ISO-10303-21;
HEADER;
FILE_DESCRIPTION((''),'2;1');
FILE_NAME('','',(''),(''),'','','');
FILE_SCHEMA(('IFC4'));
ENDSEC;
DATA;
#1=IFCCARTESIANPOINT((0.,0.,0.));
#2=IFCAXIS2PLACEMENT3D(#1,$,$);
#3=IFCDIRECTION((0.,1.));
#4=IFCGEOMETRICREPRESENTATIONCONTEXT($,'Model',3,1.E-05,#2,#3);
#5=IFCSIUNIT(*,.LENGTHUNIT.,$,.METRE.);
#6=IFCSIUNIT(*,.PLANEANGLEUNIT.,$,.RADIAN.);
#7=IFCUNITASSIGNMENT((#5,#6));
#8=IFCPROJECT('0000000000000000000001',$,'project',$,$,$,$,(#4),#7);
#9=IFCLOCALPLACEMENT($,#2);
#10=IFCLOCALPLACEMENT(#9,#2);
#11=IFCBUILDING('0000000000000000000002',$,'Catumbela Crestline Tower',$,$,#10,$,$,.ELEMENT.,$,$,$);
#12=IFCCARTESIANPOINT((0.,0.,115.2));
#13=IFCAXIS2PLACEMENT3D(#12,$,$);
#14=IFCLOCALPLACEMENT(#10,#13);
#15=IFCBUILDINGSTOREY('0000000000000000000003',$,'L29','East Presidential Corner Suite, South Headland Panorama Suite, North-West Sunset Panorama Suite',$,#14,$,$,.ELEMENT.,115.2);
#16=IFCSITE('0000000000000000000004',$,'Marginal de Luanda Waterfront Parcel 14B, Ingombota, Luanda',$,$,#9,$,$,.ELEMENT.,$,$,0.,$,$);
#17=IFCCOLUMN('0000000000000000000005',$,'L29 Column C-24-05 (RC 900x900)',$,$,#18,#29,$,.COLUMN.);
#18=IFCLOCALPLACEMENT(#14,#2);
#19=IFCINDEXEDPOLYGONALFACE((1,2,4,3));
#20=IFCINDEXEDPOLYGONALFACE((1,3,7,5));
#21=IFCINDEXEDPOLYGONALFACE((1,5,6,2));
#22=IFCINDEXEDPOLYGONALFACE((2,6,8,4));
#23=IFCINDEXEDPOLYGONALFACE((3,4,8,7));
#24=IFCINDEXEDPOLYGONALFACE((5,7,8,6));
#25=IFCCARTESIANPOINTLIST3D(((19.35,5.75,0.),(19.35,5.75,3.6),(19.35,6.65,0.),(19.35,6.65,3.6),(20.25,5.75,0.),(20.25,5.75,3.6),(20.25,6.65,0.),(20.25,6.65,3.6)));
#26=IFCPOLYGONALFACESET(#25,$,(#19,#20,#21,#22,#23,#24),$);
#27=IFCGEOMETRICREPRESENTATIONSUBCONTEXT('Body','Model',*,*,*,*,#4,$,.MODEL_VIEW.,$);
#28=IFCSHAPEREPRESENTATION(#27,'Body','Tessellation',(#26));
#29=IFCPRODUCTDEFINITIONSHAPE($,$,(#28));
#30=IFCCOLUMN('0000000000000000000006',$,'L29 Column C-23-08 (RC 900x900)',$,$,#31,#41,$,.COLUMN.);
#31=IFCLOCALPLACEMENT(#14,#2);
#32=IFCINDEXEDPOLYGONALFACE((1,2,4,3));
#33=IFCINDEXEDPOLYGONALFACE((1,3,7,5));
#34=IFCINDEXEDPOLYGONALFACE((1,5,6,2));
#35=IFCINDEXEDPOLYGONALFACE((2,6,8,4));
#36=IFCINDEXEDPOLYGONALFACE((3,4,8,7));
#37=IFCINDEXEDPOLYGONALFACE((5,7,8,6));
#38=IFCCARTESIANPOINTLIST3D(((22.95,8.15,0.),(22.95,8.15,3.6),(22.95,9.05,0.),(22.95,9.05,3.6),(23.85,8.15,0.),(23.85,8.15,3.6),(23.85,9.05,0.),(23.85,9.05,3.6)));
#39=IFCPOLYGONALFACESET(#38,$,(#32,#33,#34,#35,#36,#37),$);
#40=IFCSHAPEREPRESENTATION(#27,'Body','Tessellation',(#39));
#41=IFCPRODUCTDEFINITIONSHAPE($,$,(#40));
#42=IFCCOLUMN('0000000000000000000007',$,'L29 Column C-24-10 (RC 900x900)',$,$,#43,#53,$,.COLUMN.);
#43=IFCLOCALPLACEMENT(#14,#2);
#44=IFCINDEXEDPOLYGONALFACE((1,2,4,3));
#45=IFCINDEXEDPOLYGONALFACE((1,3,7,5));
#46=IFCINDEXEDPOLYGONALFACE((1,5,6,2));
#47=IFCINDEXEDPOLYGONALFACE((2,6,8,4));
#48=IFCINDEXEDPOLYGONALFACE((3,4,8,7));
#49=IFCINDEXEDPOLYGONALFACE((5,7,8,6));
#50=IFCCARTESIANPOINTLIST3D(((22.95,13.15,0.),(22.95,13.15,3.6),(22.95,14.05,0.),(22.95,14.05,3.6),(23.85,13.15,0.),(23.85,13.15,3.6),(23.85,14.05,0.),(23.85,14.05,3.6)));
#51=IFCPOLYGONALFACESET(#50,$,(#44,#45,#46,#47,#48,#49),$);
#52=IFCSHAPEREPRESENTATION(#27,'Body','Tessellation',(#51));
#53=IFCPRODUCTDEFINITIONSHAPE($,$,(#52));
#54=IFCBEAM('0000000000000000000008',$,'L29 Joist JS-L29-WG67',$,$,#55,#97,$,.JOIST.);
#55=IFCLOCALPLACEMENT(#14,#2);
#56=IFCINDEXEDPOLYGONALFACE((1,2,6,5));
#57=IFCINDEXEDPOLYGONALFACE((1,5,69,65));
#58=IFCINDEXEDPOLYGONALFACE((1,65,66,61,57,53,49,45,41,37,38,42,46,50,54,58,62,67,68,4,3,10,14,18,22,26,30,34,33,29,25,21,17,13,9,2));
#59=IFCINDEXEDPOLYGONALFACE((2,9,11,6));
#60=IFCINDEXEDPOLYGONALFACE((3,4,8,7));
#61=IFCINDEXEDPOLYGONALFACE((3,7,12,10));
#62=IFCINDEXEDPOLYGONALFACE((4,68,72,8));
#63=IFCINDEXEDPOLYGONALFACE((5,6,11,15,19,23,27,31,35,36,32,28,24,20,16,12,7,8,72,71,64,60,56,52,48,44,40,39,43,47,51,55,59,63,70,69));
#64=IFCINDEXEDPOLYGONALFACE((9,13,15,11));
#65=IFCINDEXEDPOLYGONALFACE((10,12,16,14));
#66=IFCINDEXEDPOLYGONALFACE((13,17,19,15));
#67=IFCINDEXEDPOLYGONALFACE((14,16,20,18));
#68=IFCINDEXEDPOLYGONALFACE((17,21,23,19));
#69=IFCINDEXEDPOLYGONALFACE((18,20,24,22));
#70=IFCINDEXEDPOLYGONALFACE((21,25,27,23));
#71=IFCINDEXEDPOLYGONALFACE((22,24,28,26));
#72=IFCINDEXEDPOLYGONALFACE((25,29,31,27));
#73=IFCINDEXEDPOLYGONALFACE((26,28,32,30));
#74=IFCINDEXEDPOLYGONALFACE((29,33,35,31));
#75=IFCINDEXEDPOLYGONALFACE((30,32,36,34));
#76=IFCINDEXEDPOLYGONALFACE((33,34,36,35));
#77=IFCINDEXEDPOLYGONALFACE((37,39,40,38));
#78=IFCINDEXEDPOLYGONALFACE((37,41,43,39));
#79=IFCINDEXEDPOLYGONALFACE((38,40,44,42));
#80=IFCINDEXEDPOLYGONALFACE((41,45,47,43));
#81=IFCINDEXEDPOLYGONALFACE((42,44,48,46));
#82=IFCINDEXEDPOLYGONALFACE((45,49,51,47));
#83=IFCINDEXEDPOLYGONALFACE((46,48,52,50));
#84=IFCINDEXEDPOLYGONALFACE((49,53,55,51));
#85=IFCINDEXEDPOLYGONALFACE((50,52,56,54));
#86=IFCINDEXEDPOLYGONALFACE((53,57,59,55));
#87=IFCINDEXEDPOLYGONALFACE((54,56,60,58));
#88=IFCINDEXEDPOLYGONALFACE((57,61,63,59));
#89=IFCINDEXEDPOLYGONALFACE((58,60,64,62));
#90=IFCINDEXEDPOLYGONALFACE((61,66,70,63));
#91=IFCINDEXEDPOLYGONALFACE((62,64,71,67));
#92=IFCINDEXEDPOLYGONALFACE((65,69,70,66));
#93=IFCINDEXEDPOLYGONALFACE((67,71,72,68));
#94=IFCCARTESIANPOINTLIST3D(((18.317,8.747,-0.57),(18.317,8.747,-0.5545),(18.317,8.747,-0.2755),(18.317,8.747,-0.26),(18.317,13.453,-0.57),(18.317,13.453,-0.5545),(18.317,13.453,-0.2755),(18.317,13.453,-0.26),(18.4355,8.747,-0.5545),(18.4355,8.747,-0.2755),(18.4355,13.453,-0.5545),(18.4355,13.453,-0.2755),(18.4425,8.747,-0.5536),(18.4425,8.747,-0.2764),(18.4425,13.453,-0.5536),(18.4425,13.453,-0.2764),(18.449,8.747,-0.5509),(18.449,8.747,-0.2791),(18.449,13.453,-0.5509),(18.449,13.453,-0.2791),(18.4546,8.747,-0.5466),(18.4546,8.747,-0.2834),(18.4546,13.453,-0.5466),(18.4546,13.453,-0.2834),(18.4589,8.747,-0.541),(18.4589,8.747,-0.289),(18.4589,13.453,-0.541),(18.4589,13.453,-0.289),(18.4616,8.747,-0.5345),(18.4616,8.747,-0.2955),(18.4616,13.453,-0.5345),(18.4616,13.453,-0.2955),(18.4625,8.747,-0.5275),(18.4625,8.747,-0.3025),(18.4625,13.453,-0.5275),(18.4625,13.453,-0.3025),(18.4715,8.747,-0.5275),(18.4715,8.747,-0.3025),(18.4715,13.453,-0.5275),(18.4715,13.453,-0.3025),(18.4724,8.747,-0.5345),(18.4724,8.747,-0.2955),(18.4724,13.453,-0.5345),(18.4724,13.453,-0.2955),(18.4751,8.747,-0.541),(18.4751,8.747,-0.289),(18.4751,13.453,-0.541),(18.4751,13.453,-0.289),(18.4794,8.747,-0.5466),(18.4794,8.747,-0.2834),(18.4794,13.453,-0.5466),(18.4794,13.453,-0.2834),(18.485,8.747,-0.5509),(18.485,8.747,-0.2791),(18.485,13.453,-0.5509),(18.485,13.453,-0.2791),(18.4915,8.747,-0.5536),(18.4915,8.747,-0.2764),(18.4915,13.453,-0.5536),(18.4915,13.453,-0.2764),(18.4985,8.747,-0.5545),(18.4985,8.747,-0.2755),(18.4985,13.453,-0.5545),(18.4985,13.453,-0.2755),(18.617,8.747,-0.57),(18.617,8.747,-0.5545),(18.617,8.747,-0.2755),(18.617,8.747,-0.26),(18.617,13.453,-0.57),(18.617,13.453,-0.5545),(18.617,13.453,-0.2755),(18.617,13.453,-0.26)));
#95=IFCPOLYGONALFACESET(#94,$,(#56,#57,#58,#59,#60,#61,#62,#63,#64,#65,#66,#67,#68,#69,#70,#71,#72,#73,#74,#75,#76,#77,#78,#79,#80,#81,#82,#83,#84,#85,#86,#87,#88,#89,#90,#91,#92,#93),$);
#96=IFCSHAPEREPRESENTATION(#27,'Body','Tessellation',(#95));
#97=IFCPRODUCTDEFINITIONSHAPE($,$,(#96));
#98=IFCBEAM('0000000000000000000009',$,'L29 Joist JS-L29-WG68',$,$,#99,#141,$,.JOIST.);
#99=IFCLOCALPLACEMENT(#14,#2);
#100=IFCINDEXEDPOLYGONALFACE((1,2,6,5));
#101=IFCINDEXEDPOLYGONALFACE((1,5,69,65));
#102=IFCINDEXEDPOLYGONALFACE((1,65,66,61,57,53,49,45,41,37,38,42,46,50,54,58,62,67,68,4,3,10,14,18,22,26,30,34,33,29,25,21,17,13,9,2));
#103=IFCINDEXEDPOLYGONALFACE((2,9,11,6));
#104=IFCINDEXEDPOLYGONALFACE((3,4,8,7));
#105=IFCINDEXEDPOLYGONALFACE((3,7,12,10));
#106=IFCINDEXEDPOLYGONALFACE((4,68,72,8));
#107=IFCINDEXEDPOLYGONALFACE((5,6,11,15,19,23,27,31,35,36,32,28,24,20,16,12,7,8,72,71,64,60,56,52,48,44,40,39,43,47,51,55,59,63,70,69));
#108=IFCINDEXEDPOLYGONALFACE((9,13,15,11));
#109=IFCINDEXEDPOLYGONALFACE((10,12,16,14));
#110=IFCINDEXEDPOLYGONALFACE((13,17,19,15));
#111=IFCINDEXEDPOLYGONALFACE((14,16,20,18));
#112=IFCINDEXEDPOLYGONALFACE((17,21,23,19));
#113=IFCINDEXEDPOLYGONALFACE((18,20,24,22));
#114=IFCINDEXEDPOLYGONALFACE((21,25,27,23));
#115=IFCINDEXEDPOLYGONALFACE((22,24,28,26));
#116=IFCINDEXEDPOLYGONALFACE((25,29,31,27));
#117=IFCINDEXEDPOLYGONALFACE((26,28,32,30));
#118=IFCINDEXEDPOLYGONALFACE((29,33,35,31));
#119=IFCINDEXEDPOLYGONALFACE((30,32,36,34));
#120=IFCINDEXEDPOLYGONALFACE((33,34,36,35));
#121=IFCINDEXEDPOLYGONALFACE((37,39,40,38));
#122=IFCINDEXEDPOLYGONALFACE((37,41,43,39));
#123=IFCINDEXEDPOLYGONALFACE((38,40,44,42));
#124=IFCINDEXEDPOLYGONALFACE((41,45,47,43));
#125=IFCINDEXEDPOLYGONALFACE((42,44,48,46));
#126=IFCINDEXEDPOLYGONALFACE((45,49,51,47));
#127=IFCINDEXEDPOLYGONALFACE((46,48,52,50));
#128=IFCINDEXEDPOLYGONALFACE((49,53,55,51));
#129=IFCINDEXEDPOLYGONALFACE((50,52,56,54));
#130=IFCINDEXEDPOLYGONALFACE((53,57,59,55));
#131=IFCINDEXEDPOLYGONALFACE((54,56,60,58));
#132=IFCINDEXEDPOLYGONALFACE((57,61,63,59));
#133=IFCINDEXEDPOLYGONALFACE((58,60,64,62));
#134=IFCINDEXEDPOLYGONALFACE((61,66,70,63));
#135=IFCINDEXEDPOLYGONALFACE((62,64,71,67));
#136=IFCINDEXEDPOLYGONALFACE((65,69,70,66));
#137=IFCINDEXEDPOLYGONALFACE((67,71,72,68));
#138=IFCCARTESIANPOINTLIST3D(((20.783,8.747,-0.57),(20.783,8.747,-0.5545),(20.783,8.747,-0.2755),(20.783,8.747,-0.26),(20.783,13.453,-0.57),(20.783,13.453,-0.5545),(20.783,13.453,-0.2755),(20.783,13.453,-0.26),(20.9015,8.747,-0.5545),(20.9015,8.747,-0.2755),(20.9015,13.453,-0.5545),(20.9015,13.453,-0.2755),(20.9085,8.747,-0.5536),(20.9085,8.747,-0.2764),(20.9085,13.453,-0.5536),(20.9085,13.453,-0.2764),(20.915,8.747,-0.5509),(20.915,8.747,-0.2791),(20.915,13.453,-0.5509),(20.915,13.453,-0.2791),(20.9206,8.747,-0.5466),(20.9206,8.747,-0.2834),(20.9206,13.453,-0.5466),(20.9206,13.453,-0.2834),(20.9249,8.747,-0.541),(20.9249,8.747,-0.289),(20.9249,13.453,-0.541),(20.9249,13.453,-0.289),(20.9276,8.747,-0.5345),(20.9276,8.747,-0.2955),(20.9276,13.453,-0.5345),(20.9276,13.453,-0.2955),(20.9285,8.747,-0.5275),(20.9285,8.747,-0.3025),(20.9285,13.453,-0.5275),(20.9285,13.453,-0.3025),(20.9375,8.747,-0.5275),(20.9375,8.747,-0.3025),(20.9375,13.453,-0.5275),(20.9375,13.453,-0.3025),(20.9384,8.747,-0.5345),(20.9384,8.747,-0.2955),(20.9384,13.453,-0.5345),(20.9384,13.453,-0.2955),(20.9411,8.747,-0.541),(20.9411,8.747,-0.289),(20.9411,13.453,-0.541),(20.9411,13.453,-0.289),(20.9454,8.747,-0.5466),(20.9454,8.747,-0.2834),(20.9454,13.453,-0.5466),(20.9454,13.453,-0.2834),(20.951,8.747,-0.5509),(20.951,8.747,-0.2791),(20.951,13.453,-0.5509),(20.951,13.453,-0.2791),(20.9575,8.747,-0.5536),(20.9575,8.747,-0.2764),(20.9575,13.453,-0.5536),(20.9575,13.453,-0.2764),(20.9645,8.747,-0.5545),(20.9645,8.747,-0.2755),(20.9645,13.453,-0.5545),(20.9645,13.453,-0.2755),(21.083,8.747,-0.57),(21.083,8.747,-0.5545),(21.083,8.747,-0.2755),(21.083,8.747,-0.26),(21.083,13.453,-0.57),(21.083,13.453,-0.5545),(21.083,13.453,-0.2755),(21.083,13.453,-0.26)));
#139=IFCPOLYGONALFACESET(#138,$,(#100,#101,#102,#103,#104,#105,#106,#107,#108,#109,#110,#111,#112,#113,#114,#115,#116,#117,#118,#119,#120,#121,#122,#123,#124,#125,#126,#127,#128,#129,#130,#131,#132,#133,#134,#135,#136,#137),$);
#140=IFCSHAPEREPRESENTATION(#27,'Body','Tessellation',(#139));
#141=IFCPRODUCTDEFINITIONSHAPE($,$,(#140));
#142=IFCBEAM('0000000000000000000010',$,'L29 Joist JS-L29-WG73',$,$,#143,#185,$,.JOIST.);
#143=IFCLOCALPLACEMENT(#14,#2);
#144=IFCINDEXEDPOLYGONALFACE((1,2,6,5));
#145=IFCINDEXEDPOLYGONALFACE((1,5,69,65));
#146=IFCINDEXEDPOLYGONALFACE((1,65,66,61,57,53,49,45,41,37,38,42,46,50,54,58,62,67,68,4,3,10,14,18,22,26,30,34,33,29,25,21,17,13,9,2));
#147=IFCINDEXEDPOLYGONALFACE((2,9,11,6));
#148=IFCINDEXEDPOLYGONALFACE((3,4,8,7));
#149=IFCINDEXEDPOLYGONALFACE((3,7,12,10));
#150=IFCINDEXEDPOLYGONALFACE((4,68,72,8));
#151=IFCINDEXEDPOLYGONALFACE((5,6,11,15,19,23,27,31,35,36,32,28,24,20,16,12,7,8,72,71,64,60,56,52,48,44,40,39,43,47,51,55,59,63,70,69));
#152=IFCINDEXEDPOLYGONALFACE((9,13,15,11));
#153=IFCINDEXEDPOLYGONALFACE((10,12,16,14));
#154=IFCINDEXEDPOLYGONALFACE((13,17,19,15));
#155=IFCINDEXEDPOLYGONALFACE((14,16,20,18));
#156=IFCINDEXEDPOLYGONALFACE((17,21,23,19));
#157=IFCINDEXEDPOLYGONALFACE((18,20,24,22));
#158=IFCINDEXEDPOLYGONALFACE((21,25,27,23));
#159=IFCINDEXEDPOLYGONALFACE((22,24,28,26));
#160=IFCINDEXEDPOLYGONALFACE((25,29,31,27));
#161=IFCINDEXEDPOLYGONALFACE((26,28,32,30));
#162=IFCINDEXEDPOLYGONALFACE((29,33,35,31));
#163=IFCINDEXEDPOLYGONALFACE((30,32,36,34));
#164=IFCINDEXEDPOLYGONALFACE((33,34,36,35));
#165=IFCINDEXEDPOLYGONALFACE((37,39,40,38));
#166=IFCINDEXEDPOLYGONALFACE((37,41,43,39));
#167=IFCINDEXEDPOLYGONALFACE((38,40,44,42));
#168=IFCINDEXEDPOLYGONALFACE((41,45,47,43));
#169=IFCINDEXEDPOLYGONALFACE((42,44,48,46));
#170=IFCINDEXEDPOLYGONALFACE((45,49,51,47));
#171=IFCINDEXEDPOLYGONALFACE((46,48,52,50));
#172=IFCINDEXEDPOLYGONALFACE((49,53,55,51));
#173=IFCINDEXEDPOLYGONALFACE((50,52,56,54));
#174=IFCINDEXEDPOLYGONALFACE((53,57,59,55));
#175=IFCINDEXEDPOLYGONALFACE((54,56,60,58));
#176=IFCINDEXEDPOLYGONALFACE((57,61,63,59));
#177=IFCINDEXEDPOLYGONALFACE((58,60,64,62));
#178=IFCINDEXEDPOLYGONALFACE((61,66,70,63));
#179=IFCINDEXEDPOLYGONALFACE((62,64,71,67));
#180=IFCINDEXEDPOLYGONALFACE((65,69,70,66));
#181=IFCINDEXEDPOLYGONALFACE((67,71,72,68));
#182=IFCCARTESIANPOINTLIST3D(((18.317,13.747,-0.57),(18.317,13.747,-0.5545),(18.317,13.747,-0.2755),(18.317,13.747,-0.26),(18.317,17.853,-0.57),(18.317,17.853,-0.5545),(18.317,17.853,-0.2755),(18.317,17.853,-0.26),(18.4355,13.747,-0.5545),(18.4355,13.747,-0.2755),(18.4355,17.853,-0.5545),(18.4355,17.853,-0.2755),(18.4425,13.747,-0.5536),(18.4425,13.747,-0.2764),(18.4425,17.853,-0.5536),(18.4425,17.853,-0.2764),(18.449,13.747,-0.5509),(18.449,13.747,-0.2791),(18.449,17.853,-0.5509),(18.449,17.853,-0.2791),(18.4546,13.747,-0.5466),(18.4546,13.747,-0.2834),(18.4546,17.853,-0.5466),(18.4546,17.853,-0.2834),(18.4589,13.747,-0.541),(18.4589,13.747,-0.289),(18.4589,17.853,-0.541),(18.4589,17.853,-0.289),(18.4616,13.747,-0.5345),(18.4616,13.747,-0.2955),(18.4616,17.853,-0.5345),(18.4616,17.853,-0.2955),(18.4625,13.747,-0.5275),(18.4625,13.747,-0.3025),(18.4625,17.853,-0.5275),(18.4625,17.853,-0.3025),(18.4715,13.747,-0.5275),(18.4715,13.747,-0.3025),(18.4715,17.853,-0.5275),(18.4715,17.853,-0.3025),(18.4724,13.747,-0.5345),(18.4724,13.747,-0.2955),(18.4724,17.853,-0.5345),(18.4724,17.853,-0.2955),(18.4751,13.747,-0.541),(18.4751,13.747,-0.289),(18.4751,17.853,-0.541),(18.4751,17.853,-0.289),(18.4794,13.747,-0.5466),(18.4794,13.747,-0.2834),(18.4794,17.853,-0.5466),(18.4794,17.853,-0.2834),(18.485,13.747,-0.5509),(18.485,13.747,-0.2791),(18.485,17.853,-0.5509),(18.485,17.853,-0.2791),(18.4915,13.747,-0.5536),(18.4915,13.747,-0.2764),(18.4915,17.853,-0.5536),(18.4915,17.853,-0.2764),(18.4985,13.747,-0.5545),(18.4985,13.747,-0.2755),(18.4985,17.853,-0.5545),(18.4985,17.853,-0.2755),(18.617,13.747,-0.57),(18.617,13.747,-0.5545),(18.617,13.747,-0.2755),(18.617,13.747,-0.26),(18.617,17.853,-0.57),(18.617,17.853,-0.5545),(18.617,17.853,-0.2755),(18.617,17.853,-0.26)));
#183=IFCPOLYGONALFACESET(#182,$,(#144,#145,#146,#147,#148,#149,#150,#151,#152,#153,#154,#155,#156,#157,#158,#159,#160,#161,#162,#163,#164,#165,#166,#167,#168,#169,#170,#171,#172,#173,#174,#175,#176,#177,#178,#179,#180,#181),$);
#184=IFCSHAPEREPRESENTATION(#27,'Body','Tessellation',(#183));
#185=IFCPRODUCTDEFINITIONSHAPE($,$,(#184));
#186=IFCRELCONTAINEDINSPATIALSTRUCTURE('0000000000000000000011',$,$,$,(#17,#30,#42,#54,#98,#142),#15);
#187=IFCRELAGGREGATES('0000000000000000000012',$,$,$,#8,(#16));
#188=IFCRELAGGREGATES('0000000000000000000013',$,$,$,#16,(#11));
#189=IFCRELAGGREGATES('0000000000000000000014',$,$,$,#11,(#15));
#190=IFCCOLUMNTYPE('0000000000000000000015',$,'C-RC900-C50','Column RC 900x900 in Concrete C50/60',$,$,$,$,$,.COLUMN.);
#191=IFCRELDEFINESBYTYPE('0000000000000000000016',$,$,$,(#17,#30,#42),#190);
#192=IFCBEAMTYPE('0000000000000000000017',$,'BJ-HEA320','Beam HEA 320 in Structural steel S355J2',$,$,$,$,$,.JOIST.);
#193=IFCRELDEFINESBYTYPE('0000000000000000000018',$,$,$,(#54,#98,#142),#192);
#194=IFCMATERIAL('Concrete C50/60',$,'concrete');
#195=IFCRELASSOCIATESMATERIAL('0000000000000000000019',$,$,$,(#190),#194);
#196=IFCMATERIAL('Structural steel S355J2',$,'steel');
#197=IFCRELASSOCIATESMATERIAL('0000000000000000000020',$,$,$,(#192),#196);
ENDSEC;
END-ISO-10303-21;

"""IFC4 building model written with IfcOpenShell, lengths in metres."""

from ifc_helpers import new_model, si_unit, direction, frame, origin, origin_2d, place, context, subcontext, project, spatial, rectangle, i_section, extrude, material, material_profile, profile_set, type_object, element, save


model = new_model("IFC4")

# Units and contexts
model_context = context("Model", 3, precision=1e-05, world=origin(), true_north=direction((0.0, 1.0)))
body_context = subcontext(model_context, "Body", "Model", "MODEL_VIEW")
ifc_project = project(units=[si_unit("LENGTHUNIT", "METRE"), si_unit("PLANEANGLEUNIT", "RADIAN")], contexts=[model_context])

# Site, building, storey
site_placement = place(None, origin())
site = spatial("IfcSite", under=ifc_project, at=site_placement, Name="Marginal de Luanda Waterfront Parcel 14B, Ingombota, Luanda", CompositionType="ELEMENT", RefElevation=0.0)
building_placement = place(site_placement, origin())
building = spatial("IfcBuilding", under=site, at=building_placement, Name="Catumbela Crestline Tower", CompositionType="ELEMENT")
storey_placement = place(building_placement, frame((0.0, 0.0, 115.2)))
storey = spatial("IfcBuildingStorey", under=building, at=storey_placement, Name="L29", Description="East Presidential Corner Suite, South Headland Panorama Suite, North-West Sunset Panorama Suite", CompositionType="ELEMENT", Elevation=115.2)

# Columns
ifc_material_1 = material(Name="Concrete C50/60", Category="concrete")
ifc_material_profile_1 = material_profile(ifc_material_1, rectangle(XDim=0.9, YDim=0.9, at=origin_2d()), Name="RC 900x900")
ifc_profile_set_1 = profile_set([ifc_material_profile_1], Name="Concrete C50/60")
column_type = type_object("IfcColumnType", Name="C-RC900-C50", Description="Column RC 900x900 in Concrete C50/60", PredefinedType="COLUMN", material=ifc_profile_set_1)
for number, where, z_axis, x_axis, name in (
    (1, (19.8, 6.2, 0.0), (0.0, 0.0, 1.0), (1.0, 0.0, 0.0), "L29 Column C-24-05 (RC 900x900)"),
    (2, (23.4, 8.6, 0.0), (0.0, 0.0, 1.0), (1.0, 0.0, 0.0), "L29 Column C-23-08 (RC 900x900)"),
    (3, (23.4, 13.6, 0.0), (0.0, 0.0, 1.0), (1.0, 0.0, 0.0), "L29 Column C-24-10 (RC 900x900)"),
):
    element("IfcColumn", number, at=place(storey_placement, frame(where, z_axis=z_axis, x_axis=x_axis)), inside=storey, type_object=column_type, Name=name, PredefinedType="COLUMN", context=body_context, shape_type="SweptSolid", body=[
        extrude(rectangle(XDim=0.9, YDim=0.9, at=origin_2d()), origin(), (0.0, 0.0, 1.0), 3.6),
    ])

# Beams
ifc_material_2 = material(Name="Structural steel S355J2", Category="steel")
ifc_material_profile_2 = material_profile(ifc_material_2, i_section(OverallWidth=0.3, OverallDepth=0.31, WebThickness=0.009, FlangeThickness=0.0155, FilletRadius=0.027, at=origin_2d()), Name="HEA 320")
ifc_profile_set_2 = profile_set([ifc_material_profile_2], Name="Structural steel S355J2")
beam_type_1 = type_object("IfcBeamType", Name="BJ-HEA320", Description="Beam HEA 320 in Structural steel S355J2", PredefinedType="JOIST", material=ifc_profile_set_2)
for number, where, z_axis, x_axis, name in (
    (4, (18.467, 8.747, -0.415), (0.0, 1.0, 0.0), (-1.0, 0.0, 0.0), "L29 Joist JS-L29-WG67"),
    (5, (20.933, 8.747, -0.415), (0.0, 1.0, 0.0), (-1.0, 0.0, 0.0), "L29 Joist JS-L29-WG68"),
):
    element("IfcBeam", number, at=place(storey_placement, frame(where, z_axis=z_axis, x_axis=x_axis)), inside=storey, type_object=beam_type_1, Name=name, PredefinedType="JOIST", context=body_context, shape_type="SweptSolid", body=[
        extrude(i_section(OverallWidth=0.3, OverallDepth=0.31, WebThickness=0.009, FlangeThickness=0.0155, FilletRadius=0.027, at=origin_2d()), origin(), (0.0, 0.0, 1.0), 4.706),
    ])
for number, where, z_axis, x_axis, name in (
    (6, (18.467, 13.747, -0.415), (0.0, 1.0, 0.0), (-1.0, 0.0, 0.0), "L29 Joist JS-L29-WG73"),
):
    element("IfcBeam", number, at=place(storey_placement, frame(where, z_axis=z_axis, x_axis=x_axis)), inside=storey, type_object=beam_type_1, Name=name, PredefinedType="JOIST", context=body_context, shape_type="SweptSolid", body=[
        extrude(i_section(OverallWidth=0.3, OverallDepth=0.31, WebThickness=0.009, FlangeThickness=0.0155, FilletRadius=0.027, at=origin_2d()), origin(), (0.0, 0.0, 1.0), 4.106),
    ])

save(model, "model.ifc")
